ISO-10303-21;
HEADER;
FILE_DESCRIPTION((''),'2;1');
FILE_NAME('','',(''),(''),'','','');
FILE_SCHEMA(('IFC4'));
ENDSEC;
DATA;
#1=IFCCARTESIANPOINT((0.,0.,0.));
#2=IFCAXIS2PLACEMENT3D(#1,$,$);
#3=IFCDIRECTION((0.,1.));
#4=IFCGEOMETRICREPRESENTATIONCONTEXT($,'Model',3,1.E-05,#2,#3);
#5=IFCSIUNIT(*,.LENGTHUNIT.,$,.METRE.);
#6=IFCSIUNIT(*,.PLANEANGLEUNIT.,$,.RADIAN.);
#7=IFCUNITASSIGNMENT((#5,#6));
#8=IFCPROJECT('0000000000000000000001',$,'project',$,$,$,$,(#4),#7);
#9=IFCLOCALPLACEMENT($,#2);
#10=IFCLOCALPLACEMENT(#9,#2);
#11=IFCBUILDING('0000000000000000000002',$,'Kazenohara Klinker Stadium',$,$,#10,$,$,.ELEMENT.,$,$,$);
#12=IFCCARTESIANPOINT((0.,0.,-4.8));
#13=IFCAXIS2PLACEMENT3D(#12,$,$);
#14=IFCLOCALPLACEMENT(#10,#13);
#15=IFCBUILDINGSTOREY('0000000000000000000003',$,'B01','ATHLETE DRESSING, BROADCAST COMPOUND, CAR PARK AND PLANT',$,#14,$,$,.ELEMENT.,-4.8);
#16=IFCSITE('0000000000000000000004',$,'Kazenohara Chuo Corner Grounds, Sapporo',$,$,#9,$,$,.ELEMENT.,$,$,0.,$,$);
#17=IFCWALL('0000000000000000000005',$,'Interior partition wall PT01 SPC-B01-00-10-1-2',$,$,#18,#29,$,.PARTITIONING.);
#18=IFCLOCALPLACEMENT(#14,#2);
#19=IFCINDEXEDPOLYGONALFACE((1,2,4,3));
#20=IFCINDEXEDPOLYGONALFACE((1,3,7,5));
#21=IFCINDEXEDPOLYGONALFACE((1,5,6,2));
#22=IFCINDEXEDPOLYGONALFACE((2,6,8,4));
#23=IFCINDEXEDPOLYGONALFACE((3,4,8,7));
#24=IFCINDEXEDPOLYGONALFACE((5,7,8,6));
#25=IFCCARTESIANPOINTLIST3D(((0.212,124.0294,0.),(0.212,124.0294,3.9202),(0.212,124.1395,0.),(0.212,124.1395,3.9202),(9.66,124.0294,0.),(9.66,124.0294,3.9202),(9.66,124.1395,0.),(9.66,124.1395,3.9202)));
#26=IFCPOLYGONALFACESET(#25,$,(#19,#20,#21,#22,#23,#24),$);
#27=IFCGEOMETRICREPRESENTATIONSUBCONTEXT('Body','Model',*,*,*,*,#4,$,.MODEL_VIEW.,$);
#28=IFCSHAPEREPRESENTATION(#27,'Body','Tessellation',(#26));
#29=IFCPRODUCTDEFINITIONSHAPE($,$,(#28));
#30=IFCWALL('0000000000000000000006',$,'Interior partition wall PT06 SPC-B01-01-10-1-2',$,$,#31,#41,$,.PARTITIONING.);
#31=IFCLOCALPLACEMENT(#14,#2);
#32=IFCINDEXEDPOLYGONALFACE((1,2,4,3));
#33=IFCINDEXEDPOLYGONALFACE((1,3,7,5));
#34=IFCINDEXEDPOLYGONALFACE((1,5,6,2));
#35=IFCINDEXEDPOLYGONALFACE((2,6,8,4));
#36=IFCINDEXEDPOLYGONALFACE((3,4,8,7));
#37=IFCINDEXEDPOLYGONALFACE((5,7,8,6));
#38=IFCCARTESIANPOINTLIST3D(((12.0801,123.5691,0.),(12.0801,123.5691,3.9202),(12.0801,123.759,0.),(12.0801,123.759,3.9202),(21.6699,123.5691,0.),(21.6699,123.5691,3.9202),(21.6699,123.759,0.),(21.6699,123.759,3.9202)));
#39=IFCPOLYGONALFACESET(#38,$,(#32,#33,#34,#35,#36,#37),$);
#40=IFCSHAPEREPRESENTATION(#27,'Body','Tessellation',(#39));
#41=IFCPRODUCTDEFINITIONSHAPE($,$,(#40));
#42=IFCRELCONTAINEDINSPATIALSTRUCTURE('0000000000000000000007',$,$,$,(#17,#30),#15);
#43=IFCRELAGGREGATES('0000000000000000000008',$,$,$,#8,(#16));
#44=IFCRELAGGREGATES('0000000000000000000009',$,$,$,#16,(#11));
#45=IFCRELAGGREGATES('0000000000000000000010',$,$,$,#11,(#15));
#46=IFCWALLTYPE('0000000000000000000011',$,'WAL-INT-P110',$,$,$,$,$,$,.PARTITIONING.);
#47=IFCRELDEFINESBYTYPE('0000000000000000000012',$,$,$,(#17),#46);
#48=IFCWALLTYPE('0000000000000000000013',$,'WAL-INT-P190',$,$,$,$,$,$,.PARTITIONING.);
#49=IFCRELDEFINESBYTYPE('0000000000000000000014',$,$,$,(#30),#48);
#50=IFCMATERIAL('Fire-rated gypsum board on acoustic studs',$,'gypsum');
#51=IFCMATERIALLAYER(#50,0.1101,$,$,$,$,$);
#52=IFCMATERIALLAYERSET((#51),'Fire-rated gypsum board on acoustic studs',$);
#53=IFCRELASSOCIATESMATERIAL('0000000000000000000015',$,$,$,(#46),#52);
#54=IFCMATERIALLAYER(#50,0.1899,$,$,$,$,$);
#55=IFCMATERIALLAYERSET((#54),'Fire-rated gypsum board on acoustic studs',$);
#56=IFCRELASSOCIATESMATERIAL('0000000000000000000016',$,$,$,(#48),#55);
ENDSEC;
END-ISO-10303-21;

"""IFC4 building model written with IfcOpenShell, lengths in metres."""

from ifc_helpers import new_model, si_unit, direction, frame, frame_2d, origin, place, context, subcontext, project, spatial, rectangle, extrude, material, layer, layer_set, type_object, element, save


model = new_model("IFC4")

# Units and contexts
model_context = context("Model", 3, precision=1e-05, world=origin(), true_north=direction((0.0, 1.0)))
body_context = subcontext(model_context, "Body", "Model", "MODEL_VIEW")
ifc_project = project(units=[si_unit("LENGTHUNIT", "METRE"), si_unit("PLANEANGLEUNIT", "RADIAN")], contexts=[model_context])

# Site, building, storey
site_placement = place(None, origin())
site = spatial("IfcSite", under=ifc_project, at=site_placement, Name="Kazenohara Chuo Corner Grounds, Sapporo", CompositionType="ELEMENT", RefElevation=0.0)
building_placement = place(site_placement, origin())
building = spatial("IfcBuilding", under=site, at=building_placement, Name="Kazenohara Klinker Stadium", CompositionType="ELEMENT")
storey_placement = place(building_placement, frame((0.0, 0.0, -4.8)))
storey = spatial("IfcBuildingStorey", under=building, at=storey_placement, Name="B01", Description="ATHLETE DRESSING, BROADCAST COMPOUND, CAR PARK AND PLANT", CompositionType="ELEMENT", Elevation=-4.8)

# Walls
ifc_material_1 = material(Name="Fire-rated gypsum board on acoustic studs", Category="gypsum")
ifc_layer_1 = layer(ifc_material_1, 0.1101)
ifc_layer_set_1 = layer_set([ifc_layer_1], Name="Fire-rated gypsum board on acoustic studs")
wall_type_1 = type_object("IfcWallType", Name="WAL-INT-P110", PredefinedType="PARTITIONING", material=ifc_layer_set_1)
wall_1_placement = place(storey_placement, frame((0.2119, 124.0845, 0.0), z_axis=(0.0, 0.0, 1.0), x_axis=(1.0, 0.0, 0.0)))
element("IfcWall", 1, at=wall_1_placement, inside=storey, type_object=wall_type_1, Name="Interior partition wall PT01 SPC-B01-00-10-1-2", PredefinedType="PARTITIONING", context=body_context, shape_type="SweptSolid", body=[
    extrude(rectangle(XDim=9.448, YDim=0.1101, at=frame_2d((4.7241, 0.0))), origin(), (0.0, 0.0, 1.0), 3.9202),
])
ifc_layer_2 = layer(ifc_material_1, 0.1899)
ifc_layer_set_2 = layer_set([ifc_layer_2], Name="Fire-rated gypsum board on acoustic studs")
wall_type_2 = type_object("IfcWallType", Name="WAL-INT-P190", PredefinedType="PARTITIONING", material=ifc_layer_set_2)
wall_2_placement = place(storey_placement, frame((12.0801, 123.6641, 0.0), z_axis=(0.0, 0.0, 1.0), x_axis=(1.0, 0.0, 0.0)))
element("IfcWall", 2, at=wall_2_placement, inside=storey, type_object=wall_type_2, Name="Interior partition wall PT06 SPC-B01-01-10-1-2", PredefinedType="PARTITIONING", context=body_context, shape_type="SweptSolid", body=[
    extrude(rectangle(XDim=9.5898, YDim=0.1899, at=frame_2d((4.7949, 0.0))), origin(), (0.0, 0.0, 1.0), 3.9202),
])

save(model, "model.ifc")
